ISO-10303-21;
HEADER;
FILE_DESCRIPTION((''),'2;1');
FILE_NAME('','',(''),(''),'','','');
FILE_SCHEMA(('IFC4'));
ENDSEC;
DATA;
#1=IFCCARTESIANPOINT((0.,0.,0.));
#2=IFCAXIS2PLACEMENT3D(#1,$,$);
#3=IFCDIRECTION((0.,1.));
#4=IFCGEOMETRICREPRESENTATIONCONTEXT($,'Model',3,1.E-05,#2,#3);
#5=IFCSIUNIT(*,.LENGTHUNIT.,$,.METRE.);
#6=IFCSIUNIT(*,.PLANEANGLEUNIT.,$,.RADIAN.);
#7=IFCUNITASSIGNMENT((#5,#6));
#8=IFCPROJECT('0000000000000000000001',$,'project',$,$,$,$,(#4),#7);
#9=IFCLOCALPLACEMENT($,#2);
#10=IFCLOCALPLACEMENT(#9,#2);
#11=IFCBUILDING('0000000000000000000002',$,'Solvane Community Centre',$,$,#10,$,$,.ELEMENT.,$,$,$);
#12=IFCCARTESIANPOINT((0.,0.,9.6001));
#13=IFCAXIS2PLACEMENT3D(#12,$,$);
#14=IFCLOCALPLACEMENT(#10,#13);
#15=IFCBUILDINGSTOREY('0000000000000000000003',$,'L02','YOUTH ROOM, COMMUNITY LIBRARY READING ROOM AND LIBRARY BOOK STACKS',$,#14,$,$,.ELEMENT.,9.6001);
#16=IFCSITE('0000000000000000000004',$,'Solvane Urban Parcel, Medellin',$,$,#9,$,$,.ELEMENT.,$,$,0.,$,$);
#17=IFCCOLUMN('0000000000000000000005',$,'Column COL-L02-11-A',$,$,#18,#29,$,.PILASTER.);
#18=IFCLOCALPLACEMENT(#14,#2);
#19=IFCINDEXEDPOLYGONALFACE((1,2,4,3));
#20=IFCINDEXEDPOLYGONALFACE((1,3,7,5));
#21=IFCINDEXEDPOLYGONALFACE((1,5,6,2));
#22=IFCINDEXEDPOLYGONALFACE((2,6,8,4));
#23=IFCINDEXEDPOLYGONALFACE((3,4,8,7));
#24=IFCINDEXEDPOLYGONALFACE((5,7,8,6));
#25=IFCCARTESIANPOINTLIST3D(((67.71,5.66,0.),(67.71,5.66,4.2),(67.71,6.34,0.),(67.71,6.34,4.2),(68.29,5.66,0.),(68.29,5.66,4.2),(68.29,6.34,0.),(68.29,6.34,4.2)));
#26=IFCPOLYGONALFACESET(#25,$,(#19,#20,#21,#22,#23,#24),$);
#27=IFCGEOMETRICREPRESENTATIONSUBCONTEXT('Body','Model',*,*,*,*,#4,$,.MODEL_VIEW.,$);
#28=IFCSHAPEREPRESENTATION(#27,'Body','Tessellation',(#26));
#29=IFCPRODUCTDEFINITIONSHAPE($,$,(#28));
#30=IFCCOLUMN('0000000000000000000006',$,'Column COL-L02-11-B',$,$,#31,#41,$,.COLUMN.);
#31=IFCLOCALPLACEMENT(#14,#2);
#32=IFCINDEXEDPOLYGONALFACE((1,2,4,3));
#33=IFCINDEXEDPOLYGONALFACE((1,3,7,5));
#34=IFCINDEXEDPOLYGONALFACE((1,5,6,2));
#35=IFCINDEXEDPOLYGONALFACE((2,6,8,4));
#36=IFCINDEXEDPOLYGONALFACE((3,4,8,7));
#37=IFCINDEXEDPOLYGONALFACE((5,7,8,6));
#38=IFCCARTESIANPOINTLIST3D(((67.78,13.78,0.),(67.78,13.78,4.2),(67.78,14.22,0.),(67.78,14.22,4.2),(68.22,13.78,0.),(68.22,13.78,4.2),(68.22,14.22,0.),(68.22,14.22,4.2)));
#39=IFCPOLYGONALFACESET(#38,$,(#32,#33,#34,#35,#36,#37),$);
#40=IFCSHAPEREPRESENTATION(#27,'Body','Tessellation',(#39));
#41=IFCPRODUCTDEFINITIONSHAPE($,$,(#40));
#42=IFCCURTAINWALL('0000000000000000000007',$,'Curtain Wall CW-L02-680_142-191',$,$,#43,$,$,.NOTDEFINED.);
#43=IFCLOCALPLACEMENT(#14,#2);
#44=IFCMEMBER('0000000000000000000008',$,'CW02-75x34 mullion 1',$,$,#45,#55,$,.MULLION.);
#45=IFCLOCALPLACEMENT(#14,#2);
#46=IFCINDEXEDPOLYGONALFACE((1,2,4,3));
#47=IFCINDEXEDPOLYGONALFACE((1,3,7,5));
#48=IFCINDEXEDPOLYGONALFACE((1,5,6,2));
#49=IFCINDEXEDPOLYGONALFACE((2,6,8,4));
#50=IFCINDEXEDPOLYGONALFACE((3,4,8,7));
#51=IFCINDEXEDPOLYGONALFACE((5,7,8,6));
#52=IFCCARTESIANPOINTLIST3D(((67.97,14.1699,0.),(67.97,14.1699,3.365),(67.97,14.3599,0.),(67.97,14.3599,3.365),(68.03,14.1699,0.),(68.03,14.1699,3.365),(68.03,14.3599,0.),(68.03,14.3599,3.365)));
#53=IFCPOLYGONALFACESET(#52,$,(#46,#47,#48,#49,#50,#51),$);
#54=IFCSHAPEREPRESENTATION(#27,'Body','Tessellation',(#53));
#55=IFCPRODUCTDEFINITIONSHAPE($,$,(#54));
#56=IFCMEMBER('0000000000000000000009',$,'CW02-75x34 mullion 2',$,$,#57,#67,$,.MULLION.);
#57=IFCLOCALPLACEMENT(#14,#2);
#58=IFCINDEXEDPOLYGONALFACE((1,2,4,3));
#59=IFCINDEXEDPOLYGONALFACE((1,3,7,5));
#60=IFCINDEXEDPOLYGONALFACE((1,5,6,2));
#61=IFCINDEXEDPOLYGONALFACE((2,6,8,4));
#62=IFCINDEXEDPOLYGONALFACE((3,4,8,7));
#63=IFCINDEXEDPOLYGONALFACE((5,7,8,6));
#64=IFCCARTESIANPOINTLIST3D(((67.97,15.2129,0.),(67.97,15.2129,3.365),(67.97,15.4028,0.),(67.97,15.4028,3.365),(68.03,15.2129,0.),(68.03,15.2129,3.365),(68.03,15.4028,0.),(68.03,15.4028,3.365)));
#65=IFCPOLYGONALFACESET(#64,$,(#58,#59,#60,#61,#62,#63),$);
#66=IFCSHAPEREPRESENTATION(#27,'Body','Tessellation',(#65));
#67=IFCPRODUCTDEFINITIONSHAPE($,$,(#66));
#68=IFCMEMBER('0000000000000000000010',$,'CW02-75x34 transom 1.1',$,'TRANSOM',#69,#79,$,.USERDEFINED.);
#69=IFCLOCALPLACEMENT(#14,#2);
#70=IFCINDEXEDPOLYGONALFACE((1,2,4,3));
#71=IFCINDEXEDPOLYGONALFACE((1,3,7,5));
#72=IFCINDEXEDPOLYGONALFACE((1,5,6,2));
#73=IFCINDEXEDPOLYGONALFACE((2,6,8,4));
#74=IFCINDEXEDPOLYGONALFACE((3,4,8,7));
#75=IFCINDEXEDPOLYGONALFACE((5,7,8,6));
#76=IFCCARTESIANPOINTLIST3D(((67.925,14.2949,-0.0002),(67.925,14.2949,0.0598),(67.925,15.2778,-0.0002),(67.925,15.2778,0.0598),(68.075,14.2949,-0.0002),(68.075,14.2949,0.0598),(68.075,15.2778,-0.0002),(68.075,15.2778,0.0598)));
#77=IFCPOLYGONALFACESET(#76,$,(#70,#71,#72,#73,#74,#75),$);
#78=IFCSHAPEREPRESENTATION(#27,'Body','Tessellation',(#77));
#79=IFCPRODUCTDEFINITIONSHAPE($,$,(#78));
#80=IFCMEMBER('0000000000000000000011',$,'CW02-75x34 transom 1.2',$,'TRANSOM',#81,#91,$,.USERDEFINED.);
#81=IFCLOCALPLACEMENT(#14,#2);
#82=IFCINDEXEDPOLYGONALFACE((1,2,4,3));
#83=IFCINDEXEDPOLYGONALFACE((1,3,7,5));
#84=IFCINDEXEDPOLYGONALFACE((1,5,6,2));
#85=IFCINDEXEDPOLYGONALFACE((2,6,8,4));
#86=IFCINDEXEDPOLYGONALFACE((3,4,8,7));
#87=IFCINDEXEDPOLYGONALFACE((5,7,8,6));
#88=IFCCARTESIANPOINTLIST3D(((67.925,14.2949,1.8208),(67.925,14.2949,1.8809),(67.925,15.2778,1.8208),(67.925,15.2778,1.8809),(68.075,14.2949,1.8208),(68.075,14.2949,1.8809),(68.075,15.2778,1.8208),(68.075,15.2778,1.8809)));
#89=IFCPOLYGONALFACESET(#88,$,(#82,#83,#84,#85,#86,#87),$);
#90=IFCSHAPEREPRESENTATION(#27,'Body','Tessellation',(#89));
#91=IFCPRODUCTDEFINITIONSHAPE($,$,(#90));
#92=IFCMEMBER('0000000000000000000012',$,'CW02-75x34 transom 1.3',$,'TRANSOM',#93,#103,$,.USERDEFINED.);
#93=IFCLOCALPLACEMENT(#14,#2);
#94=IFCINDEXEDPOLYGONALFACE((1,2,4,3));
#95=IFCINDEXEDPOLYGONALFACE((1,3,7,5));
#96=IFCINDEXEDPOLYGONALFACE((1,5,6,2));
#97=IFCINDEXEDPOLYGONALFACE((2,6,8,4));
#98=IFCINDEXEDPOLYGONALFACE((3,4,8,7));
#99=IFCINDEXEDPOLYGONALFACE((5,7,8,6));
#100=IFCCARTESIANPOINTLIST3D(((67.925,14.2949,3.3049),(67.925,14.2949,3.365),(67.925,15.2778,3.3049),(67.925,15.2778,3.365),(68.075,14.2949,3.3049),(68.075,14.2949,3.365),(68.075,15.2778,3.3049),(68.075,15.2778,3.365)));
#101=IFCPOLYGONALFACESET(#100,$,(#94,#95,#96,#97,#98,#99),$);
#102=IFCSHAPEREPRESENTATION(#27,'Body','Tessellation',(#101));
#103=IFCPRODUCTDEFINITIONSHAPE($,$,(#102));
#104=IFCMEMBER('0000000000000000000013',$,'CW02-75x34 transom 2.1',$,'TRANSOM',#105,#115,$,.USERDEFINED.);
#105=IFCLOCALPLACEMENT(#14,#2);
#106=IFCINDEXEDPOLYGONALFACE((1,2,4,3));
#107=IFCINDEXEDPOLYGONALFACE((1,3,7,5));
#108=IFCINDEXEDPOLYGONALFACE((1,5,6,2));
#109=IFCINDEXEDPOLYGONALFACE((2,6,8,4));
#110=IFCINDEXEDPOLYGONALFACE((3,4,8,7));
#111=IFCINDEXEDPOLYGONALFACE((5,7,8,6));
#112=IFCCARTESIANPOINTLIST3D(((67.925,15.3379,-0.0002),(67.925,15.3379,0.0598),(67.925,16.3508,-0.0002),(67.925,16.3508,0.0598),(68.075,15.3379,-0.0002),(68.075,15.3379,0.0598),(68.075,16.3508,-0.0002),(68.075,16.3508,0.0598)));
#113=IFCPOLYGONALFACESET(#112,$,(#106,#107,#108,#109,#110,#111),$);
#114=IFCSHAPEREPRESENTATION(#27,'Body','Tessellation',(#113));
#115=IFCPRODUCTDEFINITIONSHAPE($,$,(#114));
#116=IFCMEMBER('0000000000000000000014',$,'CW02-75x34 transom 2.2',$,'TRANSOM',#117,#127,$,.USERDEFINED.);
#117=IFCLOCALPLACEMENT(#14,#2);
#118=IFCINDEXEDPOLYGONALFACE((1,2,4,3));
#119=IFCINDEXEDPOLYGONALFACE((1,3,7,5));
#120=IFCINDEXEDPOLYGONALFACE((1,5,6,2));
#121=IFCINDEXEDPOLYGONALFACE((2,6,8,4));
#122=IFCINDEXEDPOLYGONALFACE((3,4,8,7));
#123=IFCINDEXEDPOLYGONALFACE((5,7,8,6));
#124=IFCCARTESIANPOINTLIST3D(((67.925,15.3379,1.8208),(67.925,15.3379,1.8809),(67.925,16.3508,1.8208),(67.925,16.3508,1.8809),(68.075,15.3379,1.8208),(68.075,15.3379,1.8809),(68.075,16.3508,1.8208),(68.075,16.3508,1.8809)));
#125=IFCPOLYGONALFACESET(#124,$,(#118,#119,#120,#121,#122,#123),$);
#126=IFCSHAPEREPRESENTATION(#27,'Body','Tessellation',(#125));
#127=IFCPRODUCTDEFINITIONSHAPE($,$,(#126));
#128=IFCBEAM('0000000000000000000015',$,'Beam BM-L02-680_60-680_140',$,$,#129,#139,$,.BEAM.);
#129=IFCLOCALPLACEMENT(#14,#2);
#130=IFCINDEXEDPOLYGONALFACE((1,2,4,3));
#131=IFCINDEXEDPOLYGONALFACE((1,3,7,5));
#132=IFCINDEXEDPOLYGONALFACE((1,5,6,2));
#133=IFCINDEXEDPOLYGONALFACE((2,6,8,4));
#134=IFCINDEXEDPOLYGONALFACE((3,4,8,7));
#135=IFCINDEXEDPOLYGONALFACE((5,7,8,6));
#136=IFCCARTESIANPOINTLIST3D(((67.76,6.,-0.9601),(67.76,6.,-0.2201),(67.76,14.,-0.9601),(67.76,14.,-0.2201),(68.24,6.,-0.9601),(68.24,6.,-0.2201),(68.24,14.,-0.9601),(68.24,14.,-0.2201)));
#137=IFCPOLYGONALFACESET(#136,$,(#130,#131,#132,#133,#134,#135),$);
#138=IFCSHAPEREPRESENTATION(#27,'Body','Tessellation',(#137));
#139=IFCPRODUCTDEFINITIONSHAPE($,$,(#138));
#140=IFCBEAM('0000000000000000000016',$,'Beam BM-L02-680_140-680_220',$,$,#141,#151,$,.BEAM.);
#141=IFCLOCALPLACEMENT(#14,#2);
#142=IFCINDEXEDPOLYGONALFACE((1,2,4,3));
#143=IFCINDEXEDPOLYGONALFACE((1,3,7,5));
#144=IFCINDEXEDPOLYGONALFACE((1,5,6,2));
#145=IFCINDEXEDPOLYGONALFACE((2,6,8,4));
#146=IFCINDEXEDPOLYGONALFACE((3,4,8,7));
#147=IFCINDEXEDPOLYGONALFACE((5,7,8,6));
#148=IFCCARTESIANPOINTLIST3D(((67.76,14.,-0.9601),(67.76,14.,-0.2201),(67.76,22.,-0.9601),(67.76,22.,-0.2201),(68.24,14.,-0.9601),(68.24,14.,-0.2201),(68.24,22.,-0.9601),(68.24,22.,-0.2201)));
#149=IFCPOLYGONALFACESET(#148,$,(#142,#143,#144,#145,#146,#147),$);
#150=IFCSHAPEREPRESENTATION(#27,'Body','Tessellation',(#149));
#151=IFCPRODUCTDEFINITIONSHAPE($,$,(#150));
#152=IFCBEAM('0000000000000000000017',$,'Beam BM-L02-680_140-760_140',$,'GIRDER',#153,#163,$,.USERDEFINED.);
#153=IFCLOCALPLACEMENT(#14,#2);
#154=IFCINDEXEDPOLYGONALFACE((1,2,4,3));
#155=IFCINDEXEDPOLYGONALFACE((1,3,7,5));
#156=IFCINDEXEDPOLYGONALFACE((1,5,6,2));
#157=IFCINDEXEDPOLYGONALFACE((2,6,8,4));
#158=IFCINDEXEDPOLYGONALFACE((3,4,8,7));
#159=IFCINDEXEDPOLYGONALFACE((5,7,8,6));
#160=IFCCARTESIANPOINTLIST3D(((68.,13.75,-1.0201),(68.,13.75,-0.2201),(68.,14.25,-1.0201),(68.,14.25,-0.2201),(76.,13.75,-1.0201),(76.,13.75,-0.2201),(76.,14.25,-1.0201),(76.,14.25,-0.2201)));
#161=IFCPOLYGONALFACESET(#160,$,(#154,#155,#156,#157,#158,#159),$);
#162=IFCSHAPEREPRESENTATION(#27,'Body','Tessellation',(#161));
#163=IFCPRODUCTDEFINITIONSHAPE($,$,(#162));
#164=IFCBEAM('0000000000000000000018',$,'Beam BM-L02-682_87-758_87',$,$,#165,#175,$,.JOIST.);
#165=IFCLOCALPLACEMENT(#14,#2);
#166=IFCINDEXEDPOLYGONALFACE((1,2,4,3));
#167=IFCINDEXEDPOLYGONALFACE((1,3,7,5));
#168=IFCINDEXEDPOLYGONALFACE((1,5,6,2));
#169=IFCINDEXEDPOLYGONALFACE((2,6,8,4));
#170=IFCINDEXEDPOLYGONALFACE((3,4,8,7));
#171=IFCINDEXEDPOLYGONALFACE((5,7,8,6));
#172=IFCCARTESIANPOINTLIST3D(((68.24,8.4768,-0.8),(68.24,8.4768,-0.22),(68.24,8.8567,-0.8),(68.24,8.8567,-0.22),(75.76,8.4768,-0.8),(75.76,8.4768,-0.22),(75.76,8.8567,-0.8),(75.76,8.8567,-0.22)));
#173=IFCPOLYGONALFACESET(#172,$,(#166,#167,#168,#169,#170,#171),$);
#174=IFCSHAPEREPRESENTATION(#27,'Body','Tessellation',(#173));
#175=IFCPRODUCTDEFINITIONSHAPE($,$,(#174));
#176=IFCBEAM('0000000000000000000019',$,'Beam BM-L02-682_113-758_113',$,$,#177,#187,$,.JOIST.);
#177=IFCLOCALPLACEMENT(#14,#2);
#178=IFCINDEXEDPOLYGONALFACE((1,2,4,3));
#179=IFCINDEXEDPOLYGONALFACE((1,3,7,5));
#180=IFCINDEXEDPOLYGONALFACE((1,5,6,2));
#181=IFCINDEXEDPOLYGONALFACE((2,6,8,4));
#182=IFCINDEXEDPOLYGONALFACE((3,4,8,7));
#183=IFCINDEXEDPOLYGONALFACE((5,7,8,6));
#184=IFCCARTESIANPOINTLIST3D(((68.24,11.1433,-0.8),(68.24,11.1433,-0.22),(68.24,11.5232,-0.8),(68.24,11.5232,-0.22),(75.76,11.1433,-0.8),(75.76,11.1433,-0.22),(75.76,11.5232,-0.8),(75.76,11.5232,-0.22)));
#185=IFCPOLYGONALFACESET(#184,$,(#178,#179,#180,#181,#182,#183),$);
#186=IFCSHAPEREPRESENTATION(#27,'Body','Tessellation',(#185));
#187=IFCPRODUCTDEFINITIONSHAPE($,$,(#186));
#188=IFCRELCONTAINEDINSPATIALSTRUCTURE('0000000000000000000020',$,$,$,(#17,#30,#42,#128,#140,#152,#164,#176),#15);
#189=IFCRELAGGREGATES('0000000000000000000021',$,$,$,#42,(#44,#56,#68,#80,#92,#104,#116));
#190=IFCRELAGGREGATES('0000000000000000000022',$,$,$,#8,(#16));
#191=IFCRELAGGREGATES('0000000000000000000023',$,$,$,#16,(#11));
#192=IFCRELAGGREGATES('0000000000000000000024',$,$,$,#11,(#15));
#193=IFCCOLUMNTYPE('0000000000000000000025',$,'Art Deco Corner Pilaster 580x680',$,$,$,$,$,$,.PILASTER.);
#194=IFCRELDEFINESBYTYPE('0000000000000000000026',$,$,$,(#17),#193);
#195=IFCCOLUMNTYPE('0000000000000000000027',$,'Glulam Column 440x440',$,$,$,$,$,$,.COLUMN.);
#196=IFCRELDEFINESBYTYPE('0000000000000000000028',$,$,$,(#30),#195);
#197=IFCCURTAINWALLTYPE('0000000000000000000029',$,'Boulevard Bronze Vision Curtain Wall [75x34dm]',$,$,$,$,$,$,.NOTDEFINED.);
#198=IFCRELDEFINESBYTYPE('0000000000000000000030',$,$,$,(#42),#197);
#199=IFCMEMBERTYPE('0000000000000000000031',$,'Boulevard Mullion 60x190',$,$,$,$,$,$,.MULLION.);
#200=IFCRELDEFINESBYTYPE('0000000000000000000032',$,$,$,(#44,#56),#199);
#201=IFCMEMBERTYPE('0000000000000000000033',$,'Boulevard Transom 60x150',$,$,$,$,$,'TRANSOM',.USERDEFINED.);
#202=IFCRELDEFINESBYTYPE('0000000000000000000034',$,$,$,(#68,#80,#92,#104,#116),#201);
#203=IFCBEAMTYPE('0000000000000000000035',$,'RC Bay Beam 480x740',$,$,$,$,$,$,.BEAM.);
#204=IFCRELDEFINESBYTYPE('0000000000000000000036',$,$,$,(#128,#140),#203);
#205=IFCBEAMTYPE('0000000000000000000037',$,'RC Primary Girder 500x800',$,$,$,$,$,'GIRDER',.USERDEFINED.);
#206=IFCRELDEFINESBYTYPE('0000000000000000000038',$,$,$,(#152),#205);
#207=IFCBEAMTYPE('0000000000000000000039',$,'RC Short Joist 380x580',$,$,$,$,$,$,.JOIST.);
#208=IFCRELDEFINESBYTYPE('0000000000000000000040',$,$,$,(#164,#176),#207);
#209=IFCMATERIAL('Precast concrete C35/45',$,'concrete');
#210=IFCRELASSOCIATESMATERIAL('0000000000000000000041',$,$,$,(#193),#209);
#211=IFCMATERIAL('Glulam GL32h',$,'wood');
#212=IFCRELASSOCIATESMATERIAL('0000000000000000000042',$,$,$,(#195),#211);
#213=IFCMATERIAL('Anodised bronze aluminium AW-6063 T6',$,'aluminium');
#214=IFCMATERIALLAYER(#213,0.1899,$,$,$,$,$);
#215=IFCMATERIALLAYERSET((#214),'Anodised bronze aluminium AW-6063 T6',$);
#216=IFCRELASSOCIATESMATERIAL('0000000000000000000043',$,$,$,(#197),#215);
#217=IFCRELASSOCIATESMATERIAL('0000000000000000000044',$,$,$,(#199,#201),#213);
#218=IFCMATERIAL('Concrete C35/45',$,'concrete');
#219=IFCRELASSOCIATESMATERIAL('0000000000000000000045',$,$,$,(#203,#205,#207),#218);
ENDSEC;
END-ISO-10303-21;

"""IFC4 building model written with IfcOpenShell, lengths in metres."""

from ifc_helpers import new_model, si_unit, direction, frame, origin, origin_2d, place, context, subcontext, project, spatial, rectangle, extrude, material, layer, layer_set, material_profile, profile_set, type_object, element, aggregate, save


model = new_model("IFC4")

# Units and contexts
model_context = context("Model", 3, precision=1e-05, world=origin(), true_north=direction((0.0, 1.0)))
body_context = subcontext(model_context, "Body", "Model", "MODEL_VIEW")
ifc_project = project(units=[si_unit("LENGTHUNIT", "METRE"), si_unit("PLANEANGLEUNIT", "RADIAN")], contexts=[model_context])

# Site, building, storey
site_placement = place(None, origin())
site = spatial("IfcSite", under=ifc_project, at=site_placement, Name="Solvane Urban Parcel, Medellin", CompositionType="ELEMENT", RefElevation=0.0)
building_placement = place(site_placement, origin())
building = spatial("IfcBuilding", under=site, at=building_placement, Name="Solvane Community Centre", CompositionType="ELEMENT")
storey_placement = place(building_placement, frame((0.0, 0.0, 9.6001)))
storey = spatial("IfcBuildingStorey", under=building, at=storey_placement, Name="L02", Description="YOUTH ROOM, COMMUNITY LIBRARY READING ROOM AND LIBRARY BOOK STACKS", CompositionType="ELEMENT", Elevation=9.6001)

# Columns
ifc_material_1 = material(Name="Precast concrete C35/45", Category="concrete")
ifc_material_profile_1 = material_profile(ifc_material_1, rectangle(XDim=0.5801, YDim=0.6799, at=origin_2d()), Name="RC 580x680")
ifc_profile_set_1 = profile_set([ifc_material_profile_1], Name="Precast concrete C35/45")
column_type_1 = type_object("IfcColumnType", Name="Art Deco Corner Pilaster 580x680", PredefinedType="PILASTER", material=ifc_profile_set_1)
column_1_placement = place(storey_placement, frame((68.0, 6.0, 0.0), z_axis=(0.0, 0.0, 1.0), x_axis=(1.0, 0.0, 0.0)))
element("IfcColumn", 1, at=column_1_placement, inside=storey, type_object=column_type_1, Name="Column COL-L02-11-A", PredefinedType="PILASTER", context=body_context, shape_type="SweptSolid", body=[
    extrude(rectangle(XDim=0.5801, YDim=0.6799, at=origin_2d()), origin(), (0.0, 0.0, 1.0), 4.2),
])
ifc_material_2 = material(Name="Glulam GL32h", Category="wood")
ifc_material_profile_2 = material_profile(ifc_material_2, rectangle(XDim=0.4399, YDim=0.4399, at=origin_2d()), Name="GL32h 440x440")
ifc_profile_set_2 = profile_set([ifc_material_profile_2], Name="Glulam GL32h")
column_type_2 = type_object("IfcColumnType", Name="Glulam Column 440x440", PredefinedType="COLUMN", material=ifc_profile_set_2)
column_2_placement = place(storey_placement, frame((68.0, 14.0, 0.0), z_axis=(0.0, 0.0, 1.0), x_axis=(1.0, 0.0, 0.0)))
element("IfcColumn", 2, at=column_2_placement, inside=storey, type_object=column_type_2, Name="Column COL-L02-11-B", PredefinedType="COLUMN", context=body_context, shape_type="SweptSolid", body=[
    extrude(rectangle(XDim=0.4399, YDim=0.4399, at=origin_2d()), origin(), (0.0, 0.0, 1.0), 4.2),
])

# Curtain wall, members
ifc_material_3 = material(Name="Anodised bronze aluminium AW-6063 T6", Category="aluminium")
ifc_layer_1 = layer(ifc_material_3, 0.1899)
ifc_layer_set_1 = layer_set([ifc_layer_1], Name="Anodised bronze aluminium AW-6063 T6")
curtain_wall_type = type_object("IfcCurtainWallType", Name="Boulevard Bronze Vision Curtain Wall [75x34dm]", PredefinedType="NOTDEFINED", material=ifc_layer_set_1)
curtain_wall_placement = place(storey_placement, origin())
curtain_wall = element("IfcCurtainWall", 3, at=curtain_wall_placement, inside=storey, type_object=curtain_wall_type, Name="Curtain Wall CW-L02-680_142-191", PredefinedType="NOTDEFINED")
ifc_material_profile_3 = material_profile(ifc_material_3, rectangle(XDim=0.0601, YDim=0.1899, at=origin_2d()), Name="CW-M 60x190")
ifc_profile_set_3 = profile_set([ifc_material_profile_3], Name="Anodised bronze aluminium AW-6063 T6")
member_type_1 = type_object("IfcMemberType", Name="Boulevard Mullion 60x190", PredefinedType="MULLION", material=ifc_profile_set_3)
member_1_placement = place(storey_placement, frame((68.0, 14.2649, 0.0), z_axis=(0.0, 0.0, 1.0), x_axis=(-1.0, 0.0, 0.0)))
member_1 = element("IfcMember", 4, at=member_1_placement, type_object=member_type_1, Name="CW02-75x34 mullion 1", PredefinedType="MULLION", context=body_context, shape_type="SweptSolid", body=[
    extrude(rectangle(XDim=0.0601, YDim=0.1899, at=origin_2d()), origin(), (0.0, 0.0, 1.0), 3.365),
])
member_2_placement = place(storey_placement, frame((68.0, 15.3079, 0.0), z_axis=(0.0, 0.0, 1.0), x_axis=(-1.0, 0.0, 0.0)))
member_2 = element("IfcMember", 5, at=member_2_placement, type_object=member_type_1, Name="CW02-75x34 mullion 2", PredefinedType="MULLION", context=body_context, shape_type="SweptSolid", body=[
    extrude(rectangle(XDim=0.0601, YDim=0.1899, at=origin_2d()), origin(), (0.0, 0.0, 1.0), 3.365),
])
ifc_material_profile_4 = material_profile(ifc_material_3, rectangle(XDim=0.1499, YDim=0.0601, at=origin_2d()), Name="CW-T 60x150")
ifc_profile_set_4 = profile_set([ifc_material_profile_4], Name="Anodised bronze aluminium AW-6063 T6")
member_type_2 = type_object("IfcMemberType", Name="Boulevard Transom 60x150", ElementType="TRANSOM", PredefinedType="USERDEFINED", material=ifc_profile_set_4)
member_3_placement = place(storey_placement, frame((68.0, 14.2949, 0.0298), z_axis=(0.0, 1.0, 0.0), x_axis=(-1.0, 0.0, 0.0)))
member_3 = element("IfcMember", 6, at=member_3_placement, type_object=member_type_2, Name="CW02-75x34 transom 1.1", ObjectType="TRANSOM", PredefinedType="USERDEFINED", context=body_context, shape_type="SweptSolid", body=[
    extrude(rectangle(XDim=0.1499, YDim=0.0601, at=origin_2d()), origin(), (0.0, 0.0, 1.0), 0.9829),
])
member_4_placement = place(storey_placement, frame((68.0, 14.2949, 1.8508), z_axis=(0.0, 1.0, 0.0), x_axis=(-1.0, 0.0, 0.0)))
member_4 = element("IfcMember", 7, at=member_4_placement, type_object=member_type_2, Name="CW02-75x34 transom 1.2", ObjectType="TRANSOM", PredefinedType="USERDEFINED", context=body_context, shape_type="SweptSolid", body=[
    extrude(rectangle(XDim=0.1499, YDim=0.0601, at=origin_2d()), origin(), (0.0, 0.0, 1.0), 0.9829),
])
member_5_placement = place(storey_placement, frame((68.0, 14.2949, 3.335), z_axis=(0.0, 1.0, 0.0), x_axis=(-1.0, 0.0, 0.0)))
member_5 = element("IfcMember", 8, at=member_5_placement, type_object=member_type_2, Name="CW02-75x34 transom 1.3", ObjectType="TRANSOM", PredefinedType="USERDEFINED", context=body_context, shape_type="SweptSolid", body=[
    extrude(rectangle(XDim=0.1499, YDim=0.0601, at=origin_2d()), origin(), (0.0, 0.0, 1.0), 0.9829),
])
member_6_placement = place(storey_placement, frame((68.0, 15.3379, 0.0298), z_axis=(0.0, 1.0, 0.0), x_axis=(-1.0, 0.0, 0.0)))
member_6 = element("IfcMember", 9, at=member_6_placement, type_object=member_type_2, Name="CW02-75x34 transom 2.1", ObjectType="TRANSOM", PredefinedType="USERDEFINED", context=body_context, shape_type="SweptSolid", body=[
    extrude(rectangle(XDim=0.1499, YDim=0.0601, at=origin_2d()), origin(), (0.0, 0.0, 1.0), 1.0129),
])
member_7_placement = place(storey_placement, frame((68.0, 15.3379, 1.8508), z_axis=(0.0, 1.0, 0.0), x_axis=(-1.0, 0.0, 0.0)))
member_7 = element("IfcMember", 10, at=member_7_placement, type_object=member_type_2, Name="CW02-75x34 transom 2.2", ObjectType="TRANSOM", PredefinedType="USERDEFINED", context=body_context, shape_type="SweptSolid", body=[
    extrude(rectangle(XDim=0.1499, YDim=0.0601, at=origin_2d()), origin(), (0.0, 0.0, 1.0), 1.0129),
])

# Beams
ifc_material_4 = material(Name="Concrete C35/45", Category="concrete")
ifc_material_profile_5 = material_profile(ifc_material_4, rectangle(XDim=0.48, YDim=0.74, at=origin_2d()), Name="RC 480x740")
ifc_profile_set_5 = profile_set([ifc_material_profile_5], Name="Concrete C35/45")
beam_type_1 = type_object("IfcBeamType", Name="RC Bay Beam 480x740", PredefinedType="BEAM", material=ifc_profile_set_5)
for number, where, z_axis, x_axis, name in (
    (11, (68.0, 6.0, -0.5901), (0.0, 1.0, 0.0), (-1.0, 0.0, 0.0), "Beam BM-L02-680_60-680_140"),
    (12, (68.0, 14.0, -0.5901), (0.0, 1.0, 0.0), (-1.0, 0.0, 0.0), "Beam BM-L02-680_140-680_220"),
):
    element("IfcBeam", number, at=place(storey_placement, frame(where, z_axis=z_axis, x_axis=x_axis)), inside=storey, type_object=beam_type_1, Name=name, PredefinedType="BEAM", context=body_context, shape_type="SweptSolid", body=[
        extrude(rectangle(XDim=0.48, YDim=0.74, at=origin_2d()), origin(), (0.0, 0.0, 1.0), 8.0),
    ])
ifc_material_profile_6 = material_profile(ifc_material_4, rectangle(XDim=0.5, YDim=0.8, at=origin_2d()), Name="RC 500x800")
ifc_profile_set_6 = profile_set([ifc_material_profile_6], Name="Concrete C35/45")
beam_type_2 = type_object("IfcBeamType", Name="RC Primary Girder 500x800", ElementType="GIRDER", PredefinedType="USERDEFINED", material=ifc_profile_set_6)
beam_1_placement = place(storey_placement, frame((68.0, 14.0, -0.6201), z_axis=(1.0, 0.0, 0.0), x_axis=(0.0, 1.0, 0.0)))
element("IfcBeam", 13, at=beam_1_placement, inside=storey, type_object=beam_type_2, Name="Beam BM-L02-680_140-760_140", ObjectType="GIRDER", PredefinedType="USERDEFINED", context=body_context, shape_type="SweptSolid", body=[
    extrude(rectangle(XDim=0.5, YDim=0.8, at=origin_2d()), origin(), (0.0, 0.0, 1.0), 8.0),
])
ifc_material_profile_7 = material_profile(ifc_material_4, rectangle(XDim=0.3799, YDim=0.5801, at=origin_2d()), Name="RC 380x580")
ifc_profile_set_7 = profile_set([ifc_material_profile_7], Name="Concrete C35/45")
beam_type_3 = type_object("IfcBeamType", Name="RC Short Joist 380x580", PredefinedType="JOIST", material=ifc_profile_set_7)
for number, where, z_axis, x_axis, name in (
    (14, (68.24, 8.6667, -0.51), (1.0, 0.0, 0.0), (0.0, 1.0, 0.0), "Beam BM-L02-682_87-758_87"),
    (15, (68.24, 11.3333, -0.51), (1.0, 0.0, 0.0), (0.0, 1.0, 0.0), "Beam BM-L02-682_113-758_113"),
):
    element("IfcBeam", number, at=place(storey_placement, frame(where, z_axis=z_axis, x_axis=x_axis)), inside=storey, type_object=beam_type_3, Name=name, PredefinedType="JOIST", context=body_context, shape_type="SweptSolid", body=[
        extrude(rectangle(XDim=0.3799, YDim=0.5801, at=origin_2d()), origin(), (0.0, 0.0, 1.0), 7.52),
    ])

aggregate(curtain_wall, [member_1, member_2, member_3, member_4, member_5, member_6, member_7])

save(model, "model.ifc")
